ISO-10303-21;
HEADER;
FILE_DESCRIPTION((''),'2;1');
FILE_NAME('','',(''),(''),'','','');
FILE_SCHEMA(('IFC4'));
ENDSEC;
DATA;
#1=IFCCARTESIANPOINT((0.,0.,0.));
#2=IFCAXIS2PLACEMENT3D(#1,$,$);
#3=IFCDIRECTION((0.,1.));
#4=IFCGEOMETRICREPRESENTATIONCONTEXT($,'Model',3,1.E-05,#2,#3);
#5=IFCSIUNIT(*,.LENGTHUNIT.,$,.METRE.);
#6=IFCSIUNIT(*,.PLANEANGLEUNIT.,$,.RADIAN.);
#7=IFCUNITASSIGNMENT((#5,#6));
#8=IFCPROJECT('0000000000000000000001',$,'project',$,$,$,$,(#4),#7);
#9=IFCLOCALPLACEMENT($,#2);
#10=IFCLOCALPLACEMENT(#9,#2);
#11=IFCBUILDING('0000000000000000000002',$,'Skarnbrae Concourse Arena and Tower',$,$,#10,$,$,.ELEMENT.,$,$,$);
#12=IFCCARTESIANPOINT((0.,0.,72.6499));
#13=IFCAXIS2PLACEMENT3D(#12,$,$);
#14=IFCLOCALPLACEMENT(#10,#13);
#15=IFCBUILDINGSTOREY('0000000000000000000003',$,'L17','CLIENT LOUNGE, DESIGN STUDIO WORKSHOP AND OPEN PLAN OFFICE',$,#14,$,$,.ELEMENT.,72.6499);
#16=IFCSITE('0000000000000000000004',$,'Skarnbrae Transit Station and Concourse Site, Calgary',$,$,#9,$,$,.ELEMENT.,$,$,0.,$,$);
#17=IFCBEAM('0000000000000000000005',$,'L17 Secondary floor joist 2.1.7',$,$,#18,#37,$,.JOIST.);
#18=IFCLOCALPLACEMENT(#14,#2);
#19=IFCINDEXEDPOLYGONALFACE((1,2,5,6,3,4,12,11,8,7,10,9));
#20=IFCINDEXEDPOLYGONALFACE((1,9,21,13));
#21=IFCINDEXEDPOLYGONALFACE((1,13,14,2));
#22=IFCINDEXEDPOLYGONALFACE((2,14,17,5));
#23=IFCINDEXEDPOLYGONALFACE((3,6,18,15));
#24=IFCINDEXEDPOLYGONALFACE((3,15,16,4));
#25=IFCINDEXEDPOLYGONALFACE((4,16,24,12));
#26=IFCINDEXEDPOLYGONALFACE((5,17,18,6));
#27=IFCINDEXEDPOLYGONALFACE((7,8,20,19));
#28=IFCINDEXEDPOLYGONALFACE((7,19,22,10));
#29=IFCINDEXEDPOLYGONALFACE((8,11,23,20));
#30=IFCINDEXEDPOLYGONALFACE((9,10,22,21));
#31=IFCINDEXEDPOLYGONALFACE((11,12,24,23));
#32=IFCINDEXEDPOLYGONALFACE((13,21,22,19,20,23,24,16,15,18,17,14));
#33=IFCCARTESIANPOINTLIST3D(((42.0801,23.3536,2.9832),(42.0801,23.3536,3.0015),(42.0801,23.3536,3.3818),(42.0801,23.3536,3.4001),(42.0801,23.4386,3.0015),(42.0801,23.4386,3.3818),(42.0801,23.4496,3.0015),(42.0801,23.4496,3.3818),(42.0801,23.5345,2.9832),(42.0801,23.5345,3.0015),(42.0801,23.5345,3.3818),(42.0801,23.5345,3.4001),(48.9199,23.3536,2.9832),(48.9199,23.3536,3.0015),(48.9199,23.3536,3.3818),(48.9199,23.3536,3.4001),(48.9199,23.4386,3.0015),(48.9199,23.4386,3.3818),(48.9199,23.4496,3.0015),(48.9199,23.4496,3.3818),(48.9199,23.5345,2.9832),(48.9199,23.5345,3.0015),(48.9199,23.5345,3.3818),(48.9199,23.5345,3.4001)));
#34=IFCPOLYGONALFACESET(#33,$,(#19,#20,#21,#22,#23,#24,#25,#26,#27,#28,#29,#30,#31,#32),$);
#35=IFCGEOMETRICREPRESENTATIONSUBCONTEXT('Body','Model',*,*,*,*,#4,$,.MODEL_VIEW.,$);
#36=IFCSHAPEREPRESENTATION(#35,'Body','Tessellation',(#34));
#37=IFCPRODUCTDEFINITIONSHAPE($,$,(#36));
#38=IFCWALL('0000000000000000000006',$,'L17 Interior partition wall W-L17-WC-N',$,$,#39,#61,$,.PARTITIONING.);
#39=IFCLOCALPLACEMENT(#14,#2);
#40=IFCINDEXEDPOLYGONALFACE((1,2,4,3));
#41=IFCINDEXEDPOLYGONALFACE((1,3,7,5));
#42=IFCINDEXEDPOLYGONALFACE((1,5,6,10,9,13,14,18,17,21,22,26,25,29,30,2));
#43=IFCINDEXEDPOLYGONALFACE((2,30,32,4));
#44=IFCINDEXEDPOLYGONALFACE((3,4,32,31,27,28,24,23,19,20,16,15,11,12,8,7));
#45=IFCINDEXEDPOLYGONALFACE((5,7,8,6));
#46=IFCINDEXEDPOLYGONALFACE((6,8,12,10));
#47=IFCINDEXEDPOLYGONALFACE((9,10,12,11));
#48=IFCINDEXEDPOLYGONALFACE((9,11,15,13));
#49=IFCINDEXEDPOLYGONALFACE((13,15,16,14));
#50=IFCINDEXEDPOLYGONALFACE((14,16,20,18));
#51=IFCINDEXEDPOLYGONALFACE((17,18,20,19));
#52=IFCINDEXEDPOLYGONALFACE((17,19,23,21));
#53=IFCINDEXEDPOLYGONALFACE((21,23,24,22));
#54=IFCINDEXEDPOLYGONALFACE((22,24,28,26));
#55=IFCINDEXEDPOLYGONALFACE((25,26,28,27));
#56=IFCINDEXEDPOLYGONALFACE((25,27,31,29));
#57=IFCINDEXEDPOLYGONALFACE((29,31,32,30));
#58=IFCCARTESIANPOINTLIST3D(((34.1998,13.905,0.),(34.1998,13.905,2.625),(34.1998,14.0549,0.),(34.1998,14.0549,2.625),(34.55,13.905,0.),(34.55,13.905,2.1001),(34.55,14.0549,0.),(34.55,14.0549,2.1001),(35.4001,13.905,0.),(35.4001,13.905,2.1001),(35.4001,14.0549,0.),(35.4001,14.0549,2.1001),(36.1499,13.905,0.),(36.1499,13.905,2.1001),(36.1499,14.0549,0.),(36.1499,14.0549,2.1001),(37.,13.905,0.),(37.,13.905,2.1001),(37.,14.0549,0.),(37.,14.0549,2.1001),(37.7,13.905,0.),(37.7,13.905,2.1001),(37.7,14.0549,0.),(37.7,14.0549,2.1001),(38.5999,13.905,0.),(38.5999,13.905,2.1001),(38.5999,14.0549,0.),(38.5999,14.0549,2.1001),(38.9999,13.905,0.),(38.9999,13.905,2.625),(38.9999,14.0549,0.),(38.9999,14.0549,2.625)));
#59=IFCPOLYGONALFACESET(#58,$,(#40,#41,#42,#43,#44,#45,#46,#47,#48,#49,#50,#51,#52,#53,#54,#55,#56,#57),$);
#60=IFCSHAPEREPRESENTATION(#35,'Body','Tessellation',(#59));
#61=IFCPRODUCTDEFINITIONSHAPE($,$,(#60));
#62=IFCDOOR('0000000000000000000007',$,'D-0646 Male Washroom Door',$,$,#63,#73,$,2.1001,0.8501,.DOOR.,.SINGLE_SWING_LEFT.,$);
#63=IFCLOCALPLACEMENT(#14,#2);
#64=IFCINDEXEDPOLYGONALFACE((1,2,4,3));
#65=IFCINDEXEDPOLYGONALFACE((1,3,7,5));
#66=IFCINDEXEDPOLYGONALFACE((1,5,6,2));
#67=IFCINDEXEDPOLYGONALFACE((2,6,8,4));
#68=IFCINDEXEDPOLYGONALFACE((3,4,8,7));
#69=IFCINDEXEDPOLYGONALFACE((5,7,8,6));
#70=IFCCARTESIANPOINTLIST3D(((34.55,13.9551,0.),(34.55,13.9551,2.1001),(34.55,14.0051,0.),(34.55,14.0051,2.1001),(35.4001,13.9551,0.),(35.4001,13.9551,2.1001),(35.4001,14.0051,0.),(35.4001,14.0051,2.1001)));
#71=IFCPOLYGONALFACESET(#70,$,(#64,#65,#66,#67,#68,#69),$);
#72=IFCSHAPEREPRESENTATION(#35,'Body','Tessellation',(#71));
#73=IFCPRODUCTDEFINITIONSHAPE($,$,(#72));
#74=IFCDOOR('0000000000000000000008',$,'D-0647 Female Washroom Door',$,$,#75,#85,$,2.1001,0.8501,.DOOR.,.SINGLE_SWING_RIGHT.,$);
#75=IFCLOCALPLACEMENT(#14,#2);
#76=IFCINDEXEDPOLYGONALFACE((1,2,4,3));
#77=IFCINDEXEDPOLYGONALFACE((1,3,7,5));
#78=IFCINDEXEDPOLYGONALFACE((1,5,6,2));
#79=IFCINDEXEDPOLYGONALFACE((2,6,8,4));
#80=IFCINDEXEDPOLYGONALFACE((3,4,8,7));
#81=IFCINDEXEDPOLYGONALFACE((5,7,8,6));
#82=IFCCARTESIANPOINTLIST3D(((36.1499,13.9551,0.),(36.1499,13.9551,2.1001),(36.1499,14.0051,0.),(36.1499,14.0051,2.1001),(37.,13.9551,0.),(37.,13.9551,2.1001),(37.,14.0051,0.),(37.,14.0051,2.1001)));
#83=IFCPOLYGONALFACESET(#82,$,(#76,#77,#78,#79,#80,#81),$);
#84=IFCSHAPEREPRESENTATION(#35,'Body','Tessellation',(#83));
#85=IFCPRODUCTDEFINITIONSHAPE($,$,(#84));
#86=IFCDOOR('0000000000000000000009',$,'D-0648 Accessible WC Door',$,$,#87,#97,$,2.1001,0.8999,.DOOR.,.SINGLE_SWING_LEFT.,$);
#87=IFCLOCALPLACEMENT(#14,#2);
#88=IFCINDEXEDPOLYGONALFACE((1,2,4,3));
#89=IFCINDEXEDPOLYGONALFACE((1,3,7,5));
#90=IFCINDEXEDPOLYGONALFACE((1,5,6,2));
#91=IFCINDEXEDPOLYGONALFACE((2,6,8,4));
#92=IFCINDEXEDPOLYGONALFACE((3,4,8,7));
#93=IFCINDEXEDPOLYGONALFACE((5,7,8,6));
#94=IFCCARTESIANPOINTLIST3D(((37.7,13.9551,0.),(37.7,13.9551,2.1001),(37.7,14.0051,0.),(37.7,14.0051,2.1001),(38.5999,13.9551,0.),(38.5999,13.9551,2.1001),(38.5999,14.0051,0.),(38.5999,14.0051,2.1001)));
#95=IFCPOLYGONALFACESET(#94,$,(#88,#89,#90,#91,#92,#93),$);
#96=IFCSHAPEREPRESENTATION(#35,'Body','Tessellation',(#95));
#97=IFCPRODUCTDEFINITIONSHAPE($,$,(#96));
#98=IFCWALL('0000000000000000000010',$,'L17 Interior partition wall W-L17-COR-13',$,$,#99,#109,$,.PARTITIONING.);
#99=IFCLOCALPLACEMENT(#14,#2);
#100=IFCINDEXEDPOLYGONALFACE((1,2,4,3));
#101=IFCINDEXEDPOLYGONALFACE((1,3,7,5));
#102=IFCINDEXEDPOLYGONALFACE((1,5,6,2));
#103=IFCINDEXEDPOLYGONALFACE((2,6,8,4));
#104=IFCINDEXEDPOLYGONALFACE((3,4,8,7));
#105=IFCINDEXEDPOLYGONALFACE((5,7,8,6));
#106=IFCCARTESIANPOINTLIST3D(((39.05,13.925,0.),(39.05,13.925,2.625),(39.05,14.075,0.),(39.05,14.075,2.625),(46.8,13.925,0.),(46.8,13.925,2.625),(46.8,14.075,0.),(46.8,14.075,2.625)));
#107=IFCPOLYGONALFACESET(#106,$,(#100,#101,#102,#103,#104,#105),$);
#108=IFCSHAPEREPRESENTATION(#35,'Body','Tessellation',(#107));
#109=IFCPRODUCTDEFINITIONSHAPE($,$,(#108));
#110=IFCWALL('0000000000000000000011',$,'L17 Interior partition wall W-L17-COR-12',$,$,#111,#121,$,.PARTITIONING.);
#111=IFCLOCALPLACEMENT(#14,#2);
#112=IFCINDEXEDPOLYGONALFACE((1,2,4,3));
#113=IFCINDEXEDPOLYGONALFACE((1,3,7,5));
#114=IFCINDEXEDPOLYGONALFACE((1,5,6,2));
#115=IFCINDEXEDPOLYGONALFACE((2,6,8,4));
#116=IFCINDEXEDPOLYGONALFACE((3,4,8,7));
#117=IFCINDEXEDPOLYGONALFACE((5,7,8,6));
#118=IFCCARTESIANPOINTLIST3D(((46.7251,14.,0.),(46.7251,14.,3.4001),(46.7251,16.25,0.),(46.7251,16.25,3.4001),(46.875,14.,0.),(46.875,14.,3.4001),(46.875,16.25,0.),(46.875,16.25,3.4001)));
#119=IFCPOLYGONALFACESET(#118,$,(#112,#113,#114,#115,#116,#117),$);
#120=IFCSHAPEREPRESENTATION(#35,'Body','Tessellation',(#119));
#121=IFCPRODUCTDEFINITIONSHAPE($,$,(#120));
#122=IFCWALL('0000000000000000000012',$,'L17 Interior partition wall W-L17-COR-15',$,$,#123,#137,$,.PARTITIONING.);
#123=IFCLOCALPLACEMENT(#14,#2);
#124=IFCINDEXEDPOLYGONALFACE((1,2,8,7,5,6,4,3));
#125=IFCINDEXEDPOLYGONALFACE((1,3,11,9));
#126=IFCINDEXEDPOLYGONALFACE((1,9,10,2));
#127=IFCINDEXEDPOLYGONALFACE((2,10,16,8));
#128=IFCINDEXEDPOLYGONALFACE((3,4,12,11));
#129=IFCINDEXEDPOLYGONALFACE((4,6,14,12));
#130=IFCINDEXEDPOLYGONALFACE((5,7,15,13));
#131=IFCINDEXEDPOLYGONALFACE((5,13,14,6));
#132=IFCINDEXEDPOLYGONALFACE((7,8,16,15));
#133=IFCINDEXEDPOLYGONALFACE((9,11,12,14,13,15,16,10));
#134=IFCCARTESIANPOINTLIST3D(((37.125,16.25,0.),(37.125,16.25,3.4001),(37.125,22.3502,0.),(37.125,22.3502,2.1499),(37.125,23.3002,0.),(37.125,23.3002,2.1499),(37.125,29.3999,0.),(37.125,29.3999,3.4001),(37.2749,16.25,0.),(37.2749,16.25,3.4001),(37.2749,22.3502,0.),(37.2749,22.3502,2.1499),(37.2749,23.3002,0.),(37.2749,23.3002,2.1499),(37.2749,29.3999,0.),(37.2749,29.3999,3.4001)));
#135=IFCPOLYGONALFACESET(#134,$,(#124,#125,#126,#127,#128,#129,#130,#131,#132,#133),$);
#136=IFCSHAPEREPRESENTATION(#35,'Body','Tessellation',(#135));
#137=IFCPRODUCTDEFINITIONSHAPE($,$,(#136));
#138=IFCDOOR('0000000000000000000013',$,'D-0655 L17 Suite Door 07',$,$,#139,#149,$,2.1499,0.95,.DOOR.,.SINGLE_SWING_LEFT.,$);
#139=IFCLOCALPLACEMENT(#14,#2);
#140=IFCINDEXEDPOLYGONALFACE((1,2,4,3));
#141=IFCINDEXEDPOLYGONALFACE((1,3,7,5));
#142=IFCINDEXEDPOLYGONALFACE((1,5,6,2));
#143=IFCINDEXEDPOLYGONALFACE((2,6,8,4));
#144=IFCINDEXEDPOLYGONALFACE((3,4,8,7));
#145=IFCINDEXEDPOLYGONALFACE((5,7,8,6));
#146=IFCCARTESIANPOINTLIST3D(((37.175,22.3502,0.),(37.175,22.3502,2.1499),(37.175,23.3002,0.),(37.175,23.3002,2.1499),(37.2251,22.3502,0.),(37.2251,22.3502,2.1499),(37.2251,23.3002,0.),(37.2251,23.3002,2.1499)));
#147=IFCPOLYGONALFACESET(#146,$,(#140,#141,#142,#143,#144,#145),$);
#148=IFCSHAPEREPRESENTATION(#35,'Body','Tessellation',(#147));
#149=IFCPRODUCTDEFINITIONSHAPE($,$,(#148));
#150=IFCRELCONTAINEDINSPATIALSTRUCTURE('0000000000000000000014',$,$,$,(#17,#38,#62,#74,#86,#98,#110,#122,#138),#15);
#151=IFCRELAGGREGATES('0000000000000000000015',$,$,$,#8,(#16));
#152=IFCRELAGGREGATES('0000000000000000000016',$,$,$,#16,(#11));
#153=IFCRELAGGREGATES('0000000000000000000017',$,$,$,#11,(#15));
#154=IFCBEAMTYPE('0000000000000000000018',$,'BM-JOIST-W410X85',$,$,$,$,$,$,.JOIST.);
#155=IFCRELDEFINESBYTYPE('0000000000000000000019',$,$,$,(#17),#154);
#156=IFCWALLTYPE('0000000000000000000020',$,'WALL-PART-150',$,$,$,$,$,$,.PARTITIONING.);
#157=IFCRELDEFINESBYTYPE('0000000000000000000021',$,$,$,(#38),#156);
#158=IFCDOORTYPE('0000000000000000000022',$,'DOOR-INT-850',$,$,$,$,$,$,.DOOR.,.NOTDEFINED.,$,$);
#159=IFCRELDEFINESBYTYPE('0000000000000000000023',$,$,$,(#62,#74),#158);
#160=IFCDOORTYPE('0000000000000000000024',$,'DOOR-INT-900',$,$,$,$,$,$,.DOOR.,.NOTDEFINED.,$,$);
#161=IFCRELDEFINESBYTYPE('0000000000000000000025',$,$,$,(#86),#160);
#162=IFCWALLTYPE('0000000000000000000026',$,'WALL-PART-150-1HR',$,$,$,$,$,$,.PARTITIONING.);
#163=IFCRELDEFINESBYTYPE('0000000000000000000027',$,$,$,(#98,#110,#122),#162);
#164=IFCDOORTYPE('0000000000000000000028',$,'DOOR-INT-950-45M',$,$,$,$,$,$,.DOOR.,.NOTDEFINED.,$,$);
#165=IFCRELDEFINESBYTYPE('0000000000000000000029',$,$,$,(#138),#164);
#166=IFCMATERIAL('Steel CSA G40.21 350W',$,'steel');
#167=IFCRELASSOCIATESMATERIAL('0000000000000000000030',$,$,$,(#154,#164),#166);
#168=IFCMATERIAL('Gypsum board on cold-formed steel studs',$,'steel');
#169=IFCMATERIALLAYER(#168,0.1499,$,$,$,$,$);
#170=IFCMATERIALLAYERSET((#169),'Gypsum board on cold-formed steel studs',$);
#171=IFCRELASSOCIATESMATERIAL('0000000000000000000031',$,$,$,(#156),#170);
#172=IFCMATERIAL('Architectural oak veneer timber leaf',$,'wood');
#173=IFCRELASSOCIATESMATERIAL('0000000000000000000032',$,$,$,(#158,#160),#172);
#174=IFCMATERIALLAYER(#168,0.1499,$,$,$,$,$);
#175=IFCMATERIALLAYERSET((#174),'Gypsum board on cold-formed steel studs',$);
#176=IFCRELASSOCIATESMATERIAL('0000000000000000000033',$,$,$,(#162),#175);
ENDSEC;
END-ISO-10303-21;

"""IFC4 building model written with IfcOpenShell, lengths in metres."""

from ifc_helpers import new_model, si_unit, direction, frame, frame_2d, origin, origin_2d, place, context, subcontext, project, spatial, rectangle, i_section, extrude, source, transform, mapped, material, layer, layer_set, material_profile, profile_set, type_object, element, fill, save


model = new_model("IFC4")

# Units and contexts
model_context = context("Model", 3, precision=1e-05, world=origin(), true_north=direction((0.0, 1.0)))
body_context = subcontext(model_context, "Body", "Model", "MODEL_VIEW")
ifc_project = project(units=[si_unit("LENGTHUNIT", "METRE"), si_unit("PLANEANGLEUNIT", "RADIAN")], contexts=[model_context])

# Site, building, storey
site_placement = place(None, origin())
site = spatial("IfcSite", under=ifc_project, at=site_placement, Name="Skarnbrae Transit Station and Concourse Site, Calgary", CompositionType="ELEMENT", RefElevation=0.0)
building_placement = place(site_placement, origin())
building = spatial("IfcBuilding", under=site, at=building_placement, Name="Skarnbrae Concourse Arena and Tower", CompositionType="ELEMENT")
storey_placement = place(building_placement, frame((0.0, 0.0, 72.6499)))
storey = spatial("IfcBuildingStorey", under=building, at=storey_placement, Name="L17", Description="CLIENT LOUNGE, DESIGN STUDIO WORKSHOP AND OPEN PLAN OFFICE", CompositionType="ELEMENT", Elevation=72.6499)

# Shared definitions
ifc_material_1 = material(Name="Steel CSA G40.21 350W", Category="steel")

# Beam
ifc_material_profile_1 = material_profile(ifc_material_1, i_section(OverallWidth=0.1809, OverallDepth=0.417, WebThickness=0.011, FlangeThickness=0.0183, at=origin_2d()), Name="W410X85")
ifc_profile_set_1 = profile_set([ifc_material_profile_1], Name="Steel CSA G40.21 350W")
beam_type_1 = type_object("IfcBeamType", Name="BM-JOIST-W410X85", PredefinedType="JOIST", material=ifc_profile_set_1)
shared_shape_1 = source(origin(), body_context, "Body", "SweptSolid", [
    extrude(i_section(OverallWidth=0.1809, OverallDepth=0.417, WebThickness=0.011, FlangeThickness=0.0183, at=origin_2d()), origin(), (0.0, 0.0, 1.0), 6.8398),
])
for number, where, z_axis, x_axis, name in (
    (1, (42.0801, 23.4441, 3.1917), (1.0, 0.0, 0.0), (0.0, 1.0, 0.0), "L17 Secondary floor joist 2.1.7"),
):
    element("IfcBeam", number, at=place(storey_placement, frame(where, z_axis=z_axis, x_axis=x_axis)), inside=storey, type_object=beam_type_1, Name=name, PredefinedType="JOIST", context=body_context, shape_type="MappedRepresentation", body=[
        mapped(shared_shape_1, transform((0.0, 0.0, 0.0))),
    ])

# Wall, openings, doors
ifc_material_2 = material(Name="Gypsum board on cold-formed steel studs", Category="steel")
ifc_layer_1 = layer(ifc_material_2, 0.1499)
ifc_layer_set_1 = layer_set([ifc_layer_1], Name="Gypsum board on cold-formed steel studs")
wall_type_1 = type_object("IfcWallType", Name="WALL-PART-150", PredefinedType="PARTITIONING", material=ifc_layer_set_1)
shared_shape_2 = source(origin(), body_context, "Body", "SweptSolid", [
    extrude(rectangle(XDim=4.8, YDim=0.1499, at=frame_2d((2.3999, 0.0))), origin(), (0.0, 0.0, 1.0), 2.625),
])
wall_1_placement = place(storey_placement, frame((34.2, 13.98, 0.0), z_axis=(0.0, 0.0, 1.0), x_axis=(1.0, 0.0, 0.0)))
wall_1 = element("IfcWall", 2, at=wall_1_placement, inside=storey, type_object=wall_type_1, Name="L17 Interior partition wall W-L17-WC-N", PredefinedType="PARTITIONING", context=body_context, shape_type="MappedRepresentation", body=[
    mapped(shared_shape_2, transform((0.0, 0.0, 0.0))),
])
opening_1_placement = place(wall_1_placement, frame((0.3501, 0.0, 0.0)))
opening_1 = element("IfcOpeningElement", 3, at=opening_1_placement, cuts=wall_1, PredefinedType="OPENING", context=body_context, shape_type="SweptSolid", body=[
    extrude(rectangle(XDim=0.8501, YDim=2.1001, at=frame_2d((0.425, 1.05))), frame((0.0, 0.085, 0.0), z_axis=(0.0, -1.0, 0.0), x_axis=(1.0, 0.0, 0.0)), (0.0, 0.0, 1.0), 0.1699),
])
opening_2_placement = place(wall_1_placement, frame((1.95, 0.0, 0.0)))
opening_2 = element("IfcOpeningElement", 4, at=opening_2_placement, cuts=wall_1, PredefinedType="OPENING", context=body_context, shape_type="SweptSolid", body=[
    extrude(rectangle(XDim=0.8501, YDim=2.1001, at=frame_2d((0.425, 1.05))), frame((0.0, 0.085, 0.0), z_axis=(0.0, -1.0, 0.0), x_axis=(1.0, 0.0, 0.0)), (0.0, 0.0, 1.0), 0.1699),
])
opening_3_placement = place(wall_1_placement, frame((3.5, 0.0, 0.0)))
opening_3 = element("IfcOpeningElement", 5, at=opening_3_placement, cuts=wall_1, PredefinedType="OPENING", context=body_context, shape_type="SweptSolid", body=[
    extrude(rectangle(XDim=0.8999, YDim=2.1001, at=frame_2d((0.45, 1.05))), frame((0.0, 0.085, 0.0), z_axis=(0.0, -1.0, 0.0), x_axis=(1.0, 0.0, 0.0)), (0.0, 0.0, 1.0), 0.1699),
])
ifc_material_3 = material(Name="Architectural oak veneer timber leaf", Category="wood")
door_type_1 = type_object("IfcDoorType", Name="DOOR-INT-850", OperationType="NOTDEFINED", PredefinedType="DOOR", material=ifc_material_3)
shared_shape_3 = source(origin(), body_context, "Body", "SweptSolid", [
    extrude(rectangle(XDim=0.8501, YDim=2.1001, at=frame_2d((0.425, 1.05))), frame((0.0, 0.0249, 0.0), z_axis=(0.0, -1.0, 0.0), x_axis=(1.0, 0.0, 0.0)), (0.0, 0.0, 1.0), 0.05),
])
door_1_placement = place(opening_1_placement, frame((0.8501, 0.0, 0.0), z_axis=(0.0, 0.0, 1.0), x_axis=(-1.0, 0.0, 0.0)))
door_1 = element("IfcDoor", 6, at=door_1_placement, inside=storey, type_object=door_type_1, Name="D-0646 Male Washroom Door", OperationType="SINGLE_SWING_LEFT", OverallHeight=2.1001, OverallWidth=0.8501, PredefinedType="DOOR", context=body_context, shape_type="MappedRepresentation", body=[
    mapped(shared_shape_3, transform((0.0, 0.0, 0.0))),
])
fill(opening_1, door_1)
door_2_placement = place(opening_2_placement, frame((0.8501, 0.0, 0.0), z_axis=(0.0, 0.0, 1.0), x_axis=(-1.0, 0.0, 0.0)))
door_2 = element("IfcDoor", 7, at=door_2_placement, inside=storey, type_object=door_type_1, Name="D-0647 Female Washroom Door", OperationType="SINGLE_SWING_RIGHT", OverallHeight=2.1001, OverallWidth=0.8501, PredefinedType="DOOR", context=body_context, shape_type="MappedRepresentation", body=[
    mapped(shared_shape_3, transform((0.0, 0.0, 0.0))),
])
fill(opening_2, door_2)
door_type_2 = type_object("IfcDoorType", Name="DOOR-INT-900", OperationType="NOTDEFINED", PredefinedType="DOOR", material=ifc_material_3)
shared_shape_4 = source(origin(), body_context, "Body", "SweptSolid", [
    extrude(rectangle(XDim=0.8999, YDim=2.1001, at=frame_2d((0.45, 1.05))), frame((0.0, 0.0249, 0.0), z_axis=(0.0, -1.0, 0.0), x_axis=(1.0, 0.0, 0.0)), (0.0, 0.0, 1.0), 0.05),
])
door_3_placement = place(opening_3_placement, frame((0.8999, 0.0, 0.0), z_axis=(0.0, 0.0, 1.0), x_axis=(-1.0, 0.0, 0.0)))
door_3 = element("IfcDoor", 8, at=door_3_placement, inside=storey, type_object=door_type_2, Name="D-0648 Accessible WC Door", OperationType="SINGLE_SWING_LEFT", OverallHeight=2.1001, OverallWidth=0.8999, PredefinedType="DOOR", context=body_context, shape_type="MappedRepresentation", body=[
    mapped(shared_shape_4, transform((0.0, 0.0, 0.0))),
])
fill(opening_3, door_3)

# Walls
ifc_layer_2 = layer(ifc_material_2, 0.1499)
ifc_layer_set_2 = layer_set([ifc_layer_2], Name="Gypsum board on cold-formed steel studs")
wall_type_2 = type_object("IfcWallType", Name="WALL-PART-150-1HR", PredefinedType="PARTITIONING", material=ifc_layer_set_2)
shared_shape_5 = source(origin(), body_context, "Body", "SweptSolid", [
    extrude(rectangle(XDim=7.75, YDim=0.1499, at=frame_2d((3.875, 0.0))), origin(), (0.0, 0.0, 1.0), 2.625),
])
wall_2_placement = place(storey_placement, frame((46.8, 14.0, 0.0), z_axis=(0.0, 0.0, 1.0), x_axis=(-1.0, 0.0, 0.0)))
element("IfcWall", 9, at=wall_2_placement, inside=storey, type_object=wall_type_2, Name="L17 Interior partition wall W-L17-COR-13", PredefinedType="PARTITIONING", context=body_context, shape_type="MappedRepresentation", body=[
    mapped(shared_shape_5, transform((0.0, 0.0, 0.0))),
])
shared_shape_6 = source(origin(), body_context, "Body", "SweptSolid", [
    extrude(rectangle(XDim=2.25, YDim=0.1499, at=frame_2d((1.125, 0.0))), origin(), (0.0, 0.0, 1.0), 3.4001),
])
wall_3_placement = place(storey_placement, frame((46.8, 16.25, 0.0), z_axis=(0.0, 0.0, 1.0), x_axis=(0.0, -1.0, 0.0)))
element("IfcWall", 10, at=wall_3_placement, inside=storey, type_object=wall_type_2, Name="L17 Interior partition wall W-L17-COR-12", PredefinedType="PARTITIONING", context=body_context, shape_type="MappedRepresentation", body=[
    mapped(shared_shape_6, transform((0.0, 0.0, 0.0))),
])

# Wall, opening, door
shared_shape_7 = source(origin(), body_context, "Body", "SweptSolid", [
    extrude(rectangle(XDim=13.1499, YDim=0.1499, at=frame_2d((6.575, 0.0))), origin(), (0.0, 0.0, 1.0), 3.4001),
])
wall_4_placement = place(storey_placement, frame((37.2, 16.25, 0.0), z_axis=(0.0, 0.0, 1.0), x_axis=(0.0, 1.0, 0.0)))
wall_4 = element("IfcWall", 11, at=wall_4_placement, inside=storey, type_object=wall_type_2, Name="L17 Interior partition wall W-L17-COR-15", PredefinedType="PARTITIONING", context=body_context, shape_type="MappedRepresentation", body=[
    mapped(shared_shape_7, transform((0.0, 0.0, 0.0))),
])
opening_4_placement = place(wall_4_placement, frame((6.1001, 0.0, 0.0)))
opening_4 = element("IfcOpeningElement", 12, at=opening_4_placement, cuts=wall_4, PredefinedType="OPENING", context=body_context, shape_type="SweptSolid", body=[
    extrude(rectangle(XDim=0.95, YDim=2.1499, at=frame_2d((0.4751, 1.075))), frame((0.0, 0.085, 0.0), z_axis=(0.0, -1.0, 0.0), x_axis=(1.0, 0.0, 0.0)), (0.0, 0.0, 1.0), 0.1699),
])
door_type_3 = type_object("IfcDoorType", Name="DOOR-INT-950-45M", OperationType="NOTDEFINED", PredefinedType="DOOR", material=ifc_material_1)
shared_shape_8 = source(origin(), body_context, "Body", "SweptSolid", [
    extrude(rectangle(XDim=0.95, YDim=2.1499, at=frame_2d((0.4751, 1.075))), frame((0.0, 0.0249, 0.0), z_axis=(0.0, -1.0, 0.0), x_axis=(1.0, 0.0, 0.0)), (0.0, 0.0, 1.0), 0.05),
])
door_4_placement = place(opening_4_placement, origin())
door_4 = element("IfcDoor", 13, at=door_4_placement, inside=storey, type_object=door_type_3, Name="D-0655 L17 Suite Door 07", OperationType="SINGLE_SWING_LEFT", OverallHeight=2.1499, OverallWidth=0.95, PredefinedType="DOOR", context=body_context, shape_type="MappedRepresentation", body=[
    mapped(shared_shape_8, transform((0.0, 0.0, 0.0))),
])
fill(opening_4, door_4)

save(model, "model.ifc")
